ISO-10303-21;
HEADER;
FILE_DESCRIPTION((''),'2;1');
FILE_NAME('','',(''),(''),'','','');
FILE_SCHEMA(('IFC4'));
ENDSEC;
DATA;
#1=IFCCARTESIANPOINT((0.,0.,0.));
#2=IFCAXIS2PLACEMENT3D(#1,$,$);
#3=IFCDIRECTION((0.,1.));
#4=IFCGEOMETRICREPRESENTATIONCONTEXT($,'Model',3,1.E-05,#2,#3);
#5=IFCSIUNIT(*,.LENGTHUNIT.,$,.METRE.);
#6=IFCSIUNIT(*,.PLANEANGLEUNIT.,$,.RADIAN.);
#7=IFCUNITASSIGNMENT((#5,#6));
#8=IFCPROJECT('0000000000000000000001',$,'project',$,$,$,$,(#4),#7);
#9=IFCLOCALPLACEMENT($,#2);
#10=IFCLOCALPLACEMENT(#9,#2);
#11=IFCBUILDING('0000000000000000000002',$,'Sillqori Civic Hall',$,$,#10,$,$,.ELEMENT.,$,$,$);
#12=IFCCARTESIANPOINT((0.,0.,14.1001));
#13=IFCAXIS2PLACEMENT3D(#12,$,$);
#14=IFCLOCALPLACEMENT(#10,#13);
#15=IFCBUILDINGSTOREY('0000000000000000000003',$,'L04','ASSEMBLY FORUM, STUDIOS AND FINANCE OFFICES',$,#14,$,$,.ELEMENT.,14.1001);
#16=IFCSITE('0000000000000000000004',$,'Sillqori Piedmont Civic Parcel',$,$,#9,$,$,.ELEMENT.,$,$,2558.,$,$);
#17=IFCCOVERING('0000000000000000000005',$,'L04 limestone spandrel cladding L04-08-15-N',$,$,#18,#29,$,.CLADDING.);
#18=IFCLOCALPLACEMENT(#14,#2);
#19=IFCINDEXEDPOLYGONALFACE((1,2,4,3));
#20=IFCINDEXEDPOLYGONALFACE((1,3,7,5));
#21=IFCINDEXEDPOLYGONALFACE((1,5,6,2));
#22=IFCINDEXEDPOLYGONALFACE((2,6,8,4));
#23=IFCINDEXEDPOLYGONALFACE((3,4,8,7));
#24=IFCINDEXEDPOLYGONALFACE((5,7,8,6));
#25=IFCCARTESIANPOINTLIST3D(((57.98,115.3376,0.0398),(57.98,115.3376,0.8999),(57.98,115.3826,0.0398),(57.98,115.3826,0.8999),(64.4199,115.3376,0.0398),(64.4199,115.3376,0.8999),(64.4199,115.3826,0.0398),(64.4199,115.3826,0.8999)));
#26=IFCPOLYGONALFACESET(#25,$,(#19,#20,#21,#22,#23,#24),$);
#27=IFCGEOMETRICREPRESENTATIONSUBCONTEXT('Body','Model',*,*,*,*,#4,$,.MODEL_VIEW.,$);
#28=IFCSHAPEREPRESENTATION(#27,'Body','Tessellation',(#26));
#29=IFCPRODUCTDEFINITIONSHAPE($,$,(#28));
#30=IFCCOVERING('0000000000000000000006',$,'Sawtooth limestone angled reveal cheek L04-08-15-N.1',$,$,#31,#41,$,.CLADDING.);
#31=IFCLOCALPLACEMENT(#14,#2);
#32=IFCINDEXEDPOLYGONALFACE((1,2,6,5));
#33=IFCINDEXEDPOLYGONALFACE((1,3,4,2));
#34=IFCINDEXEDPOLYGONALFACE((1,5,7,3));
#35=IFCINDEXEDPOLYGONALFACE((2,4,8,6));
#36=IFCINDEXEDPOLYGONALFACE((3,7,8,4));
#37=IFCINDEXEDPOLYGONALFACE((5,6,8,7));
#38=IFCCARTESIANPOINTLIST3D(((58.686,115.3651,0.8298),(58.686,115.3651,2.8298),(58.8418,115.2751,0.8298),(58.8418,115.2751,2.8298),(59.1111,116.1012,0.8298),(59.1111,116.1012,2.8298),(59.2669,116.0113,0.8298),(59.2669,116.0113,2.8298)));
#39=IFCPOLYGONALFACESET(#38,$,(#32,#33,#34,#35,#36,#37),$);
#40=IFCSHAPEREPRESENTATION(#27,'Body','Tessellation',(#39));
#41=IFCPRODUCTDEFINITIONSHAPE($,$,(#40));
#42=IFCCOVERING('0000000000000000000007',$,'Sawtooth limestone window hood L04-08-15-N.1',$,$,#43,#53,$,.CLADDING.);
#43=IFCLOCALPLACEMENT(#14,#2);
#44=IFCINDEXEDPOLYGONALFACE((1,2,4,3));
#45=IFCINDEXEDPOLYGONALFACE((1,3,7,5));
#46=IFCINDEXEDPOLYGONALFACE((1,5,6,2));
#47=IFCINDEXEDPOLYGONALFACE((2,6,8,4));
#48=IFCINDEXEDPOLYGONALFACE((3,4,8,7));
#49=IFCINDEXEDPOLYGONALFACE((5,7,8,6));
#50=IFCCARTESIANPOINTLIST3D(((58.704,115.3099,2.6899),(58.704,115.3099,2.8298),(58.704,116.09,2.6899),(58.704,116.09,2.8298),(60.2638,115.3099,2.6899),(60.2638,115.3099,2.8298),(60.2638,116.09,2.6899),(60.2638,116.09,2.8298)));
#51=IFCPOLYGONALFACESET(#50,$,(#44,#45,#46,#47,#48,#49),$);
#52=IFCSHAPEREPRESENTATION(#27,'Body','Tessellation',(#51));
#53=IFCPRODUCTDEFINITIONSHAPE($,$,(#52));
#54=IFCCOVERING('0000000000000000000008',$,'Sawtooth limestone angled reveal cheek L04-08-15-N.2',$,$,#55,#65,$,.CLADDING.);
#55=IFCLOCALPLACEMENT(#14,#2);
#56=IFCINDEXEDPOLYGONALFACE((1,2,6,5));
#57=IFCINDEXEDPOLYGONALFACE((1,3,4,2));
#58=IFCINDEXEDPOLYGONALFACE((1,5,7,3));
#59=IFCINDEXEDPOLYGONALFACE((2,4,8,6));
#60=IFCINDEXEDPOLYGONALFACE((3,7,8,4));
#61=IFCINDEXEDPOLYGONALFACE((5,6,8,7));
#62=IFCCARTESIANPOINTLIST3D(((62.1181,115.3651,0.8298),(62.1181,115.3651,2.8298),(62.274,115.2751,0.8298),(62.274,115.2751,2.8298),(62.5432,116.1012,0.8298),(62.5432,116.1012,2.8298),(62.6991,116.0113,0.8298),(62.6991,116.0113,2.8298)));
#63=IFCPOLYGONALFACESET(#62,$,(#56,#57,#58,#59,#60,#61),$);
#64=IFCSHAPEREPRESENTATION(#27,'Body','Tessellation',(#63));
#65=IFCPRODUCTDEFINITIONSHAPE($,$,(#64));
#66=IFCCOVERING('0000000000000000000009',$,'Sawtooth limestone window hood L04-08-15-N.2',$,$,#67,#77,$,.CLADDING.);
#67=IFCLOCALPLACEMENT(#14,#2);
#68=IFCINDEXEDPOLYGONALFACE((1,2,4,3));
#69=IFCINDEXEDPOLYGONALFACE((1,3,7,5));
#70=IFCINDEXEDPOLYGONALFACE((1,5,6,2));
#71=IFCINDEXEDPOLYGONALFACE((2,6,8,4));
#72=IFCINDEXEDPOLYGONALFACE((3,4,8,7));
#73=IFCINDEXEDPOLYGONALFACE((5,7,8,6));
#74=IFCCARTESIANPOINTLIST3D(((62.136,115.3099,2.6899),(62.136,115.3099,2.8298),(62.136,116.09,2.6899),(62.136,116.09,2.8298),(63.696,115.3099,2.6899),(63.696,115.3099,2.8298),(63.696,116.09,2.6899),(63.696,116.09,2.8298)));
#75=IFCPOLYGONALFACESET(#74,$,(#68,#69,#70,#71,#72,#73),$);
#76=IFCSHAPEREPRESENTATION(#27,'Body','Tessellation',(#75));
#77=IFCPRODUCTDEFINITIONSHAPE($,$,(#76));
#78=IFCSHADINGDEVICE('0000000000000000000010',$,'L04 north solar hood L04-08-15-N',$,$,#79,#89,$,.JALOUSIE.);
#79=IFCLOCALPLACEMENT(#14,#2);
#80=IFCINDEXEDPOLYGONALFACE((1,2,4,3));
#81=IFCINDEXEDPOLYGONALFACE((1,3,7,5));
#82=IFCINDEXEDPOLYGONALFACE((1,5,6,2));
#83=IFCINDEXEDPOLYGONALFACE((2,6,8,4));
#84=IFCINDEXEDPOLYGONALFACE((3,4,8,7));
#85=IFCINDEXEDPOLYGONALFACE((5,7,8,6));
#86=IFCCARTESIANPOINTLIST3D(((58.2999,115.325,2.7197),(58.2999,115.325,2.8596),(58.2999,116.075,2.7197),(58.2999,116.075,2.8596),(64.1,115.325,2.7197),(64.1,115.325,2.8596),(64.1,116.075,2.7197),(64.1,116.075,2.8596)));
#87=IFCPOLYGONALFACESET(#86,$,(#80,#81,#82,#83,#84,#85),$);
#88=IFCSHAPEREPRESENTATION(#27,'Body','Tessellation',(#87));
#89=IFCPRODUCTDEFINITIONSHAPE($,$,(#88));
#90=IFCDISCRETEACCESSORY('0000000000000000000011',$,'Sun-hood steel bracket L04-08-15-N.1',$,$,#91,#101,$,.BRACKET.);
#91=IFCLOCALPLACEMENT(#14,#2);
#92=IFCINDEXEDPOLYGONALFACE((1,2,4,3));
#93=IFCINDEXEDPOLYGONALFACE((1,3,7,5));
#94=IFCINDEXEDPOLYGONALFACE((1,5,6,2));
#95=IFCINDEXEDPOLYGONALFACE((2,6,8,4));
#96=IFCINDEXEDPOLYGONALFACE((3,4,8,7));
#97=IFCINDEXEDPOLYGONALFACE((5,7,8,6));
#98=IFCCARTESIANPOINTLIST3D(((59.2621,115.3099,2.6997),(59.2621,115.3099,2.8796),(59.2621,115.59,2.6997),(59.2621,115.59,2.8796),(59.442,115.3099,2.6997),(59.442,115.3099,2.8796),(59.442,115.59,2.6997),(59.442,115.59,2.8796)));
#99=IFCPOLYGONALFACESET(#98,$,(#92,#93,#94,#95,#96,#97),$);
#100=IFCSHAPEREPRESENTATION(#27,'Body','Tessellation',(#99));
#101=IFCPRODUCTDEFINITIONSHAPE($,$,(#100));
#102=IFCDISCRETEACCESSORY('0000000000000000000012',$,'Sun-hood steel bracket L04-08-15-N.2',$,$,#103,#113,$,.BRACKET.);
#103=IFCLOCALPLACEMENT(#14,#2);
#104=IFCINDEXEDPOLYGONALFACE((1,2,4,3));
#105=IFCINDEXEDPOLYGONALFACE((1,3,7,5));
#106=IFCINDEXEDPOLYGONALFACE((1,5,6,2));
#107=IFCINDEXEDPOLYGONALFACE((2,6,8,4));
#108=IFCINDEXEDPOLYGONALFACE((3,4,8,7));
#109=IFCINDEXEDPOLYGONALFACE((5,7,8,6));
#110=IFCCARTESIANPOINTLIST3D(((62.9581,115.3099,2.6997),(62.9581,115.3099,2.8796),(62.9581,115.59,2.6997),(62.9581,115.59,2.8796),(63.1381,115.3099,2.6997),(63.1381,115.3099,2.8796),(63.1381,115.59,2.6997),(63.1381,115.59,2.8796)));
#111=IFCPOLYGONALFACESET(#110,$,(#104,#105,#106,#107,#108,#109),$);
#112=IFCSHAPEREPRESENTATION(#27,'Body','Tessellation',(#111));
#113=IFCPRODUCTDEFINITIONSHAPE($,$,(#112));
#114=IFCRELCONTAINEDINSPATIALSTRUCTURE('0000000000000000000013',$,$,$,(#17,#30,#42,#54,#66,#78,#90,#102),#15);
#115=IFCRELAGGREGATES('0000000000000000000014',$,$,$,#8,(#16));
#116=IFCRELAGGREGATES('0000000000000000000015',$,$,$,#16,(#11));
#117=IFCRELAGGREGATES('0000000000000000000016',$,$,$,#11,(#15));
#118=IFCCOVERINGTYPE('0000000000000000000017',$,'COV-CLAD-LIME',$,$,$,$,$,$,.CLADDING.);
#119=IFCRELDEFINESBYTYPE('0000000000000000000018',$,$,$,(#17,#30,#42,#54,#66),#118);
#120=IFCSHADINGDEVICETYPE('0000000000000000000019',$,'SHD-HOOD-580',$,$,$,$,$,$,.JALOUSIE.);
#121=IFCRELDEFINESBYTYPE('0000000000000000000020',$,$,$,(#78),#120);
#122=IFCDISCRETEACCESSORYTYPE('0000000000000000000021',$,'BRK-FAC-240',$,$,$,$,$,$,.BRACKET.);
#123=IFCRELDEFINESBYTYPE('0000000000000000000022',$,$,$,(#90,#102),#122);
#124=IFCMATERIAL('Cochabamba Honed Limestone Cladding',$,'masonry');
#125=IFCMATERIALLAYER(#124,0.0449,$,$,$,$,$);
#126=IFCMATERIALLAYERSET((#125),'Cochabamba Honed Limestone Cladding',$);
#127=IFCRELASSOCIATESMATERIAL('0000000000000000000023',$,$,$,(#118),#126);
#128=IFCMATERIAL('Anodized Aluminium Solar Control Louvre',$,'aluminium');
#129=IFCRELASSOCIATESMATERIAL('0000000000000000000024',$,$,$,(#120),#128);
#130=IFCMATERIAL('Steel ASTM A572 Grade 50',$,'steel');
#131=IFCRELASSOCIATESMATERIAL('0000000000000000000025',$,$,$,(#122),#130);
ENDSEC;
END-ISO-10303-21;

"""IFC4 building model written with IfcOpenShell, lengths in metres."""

from ifc_helpers import new_model, si_unit, direction, frame, frame_2d, origin, origin_2d, place, context, subcontext, project, spatial, rectangle, extrude, material, layer, layer_set, type_object, element, save


model = new_model("IFC4")

# Units and contexts
model_context = context("Model", 3, precision=1e-05, world=origin(), true_north=direction((0.0, 1.0)))
body_context = subcontext(model_context, "Body", "Model", "MODEL_VIEW")
ifc_project = project(units=[si_unit("LENGTHUNIT", "METRE"), si_unit("PLANEANGLEUNIT", "RADIAN")], contexts=[model_context])

# Site, building, storey
site_placement = place(None, origin())
site = spatial("IfcSite", under=ifc_project, at=site_placement, Name="Sillqori Piedmont Civic Parcel", CompositionType="ELEMENT", RefElevation=2558.0)
building_placement = place(site_placement, origin())
building = spatial("IfcBuilding", under=site, at=building_placement, Name="Sillqori Civic Hall", CompositionType="ELEMENT")
storey_placement = place(building_placement, frame((0.0, 0.0, 14.1001)))
storey = spatial("IfcBuildingStorey", under=building, at=storey_placement, Name="L04", Description="ASSEMBLY FORUM, STUDIOS AND FINANCE OFFICES", CompositionType="ELEMENT", Elevation=14.1001)

# Coverings
ifc_material_1 = material(Name="Cochabamba Honed Limestone Cladding", Category="masonry")
ifc_layer_1 = layer(ifc_material_1, 0.0449)
ifc_layer_set_1 = layer_set([ifc_layer_1], Name="Cochabamba Honed Limestone Cladding")
covering_type = type_object("IfcCoveringType", Name="COV-CLAD-LIME", PredefinedType="CLADDING", material=ifc_layer_set_1)
covering_1_placement = place(storey_placement, frame((57.98, 115.3601, 0.0398), z_axis=(0.0, 0.0, 1.0), x_axis=(1.0, 0.0, 0.0)))
element("IfcCovering", 1, at=covering_1_placement, inside=storey, type_object=covering_type, Name="L04 limestone spandrel cladding L04-08-15-N", PredefinedType="CLADDING", context=body_context, shape_type="SweptSolid", body=[
    extrude(rectangle(XDim=6.4399, YDim=0.0449, at=frame_2d((3.22, 0.0))), origin(), (0.0, 0.0, 1.0), 0.8601),
])
covering_2_placement = place(storey_placement, frame((58.7639, 115.3201, 0.8298), z_axis=(0.0, 0.0, 1.0), x_axis=(0.500062, 0.865989, 0.0)))
element("IfcCovering", 2, at=covering_2_placement, inside=storey, type_object=covering_type, Name="Sawtooth limestone angled reveal cheek L04-08-15-N.1", PredefinedType="CLADDING", context=body_context, shape_type="SweptSolid", body=[
    extrude(rectangle(XDim=0.8501, YDim=0.1799, at=frame_2d((0.425, 0.0))), origin(), (0.0, 0.0, 1.0), 2.0),
])
covering_3_placement = place(storey_placement, frame((58.7041, 115.7, 2.6899), z_axis=(0.0, 0.0, 1.0), x_axis=(1.0, 0.0, 0.0)))
element("IfcCovering", 3, at=covering_3_placement, inside=storey, type_object=covering_type, Name="Sawtooth limestone window hood L04-08-15-N.1", PredefinedType="CLADDING", context=body_context, shape_type="SweptSolid", body=[
    extrude(rectangle(XDim=1.5598, YDim=0.78, at=frame_2d((0.7798, 0.0))), origin(), (0.0, 0.0, 1.0), 0.1399),
])
covering_4_placement = place(storey_placement, frame((62.196, 115.3201, 0.8298), z_axis=(0.0, 0.0, 1.0), x_axis=(0.500062, 0.865989, 0.0)))
element("IfcCovering", 4, at=covering_4_placement, inside=storey, type_object=covering_type, Name="Sawtooth limestone angled reveal cheek L04-08-15-N.2", PredefinedType="CLADDING", context=body_context, shape_type="SweptSolid", body=[
    extrude(rectangle(XDim=0.8501, YDim=0.1799, at=frame_2d((0.425, 0.0))), origin(), (0.0, 0.0, 1.0), 2.0),
])
covering_5_placement = place(storey_placement, frame((62.136, 115.7, 2.6899), z_axis=(0.0, 0.0, 1.0), x_axis=(1.0, 0.0, 0.0)))
element("IfcCovering", 5, at=covering_5_placement, inside=storey, type_object=covering_type, Name="Sawtooth limestone window hood L04-08-15-N.2", PredefinedType="CLADDING", context=body_context, shape_type="SweptSolid", body=[
    extrude(rectangle(XDim=1.5601, YDim=0.78, at=frame_2d((0.78, 0.0))), origin(), (0.0, 0.0, 1.0), 0.1399),
])

# Shading device
ifc_material_2 = material(Name="Anodized Aluminium Solar Control Louvre", Category="aluminium")
shading_device_type = type_object("IfcShadingDeviceType", Name="SHD-HOOD-580", PredefinedType="JALOUSIE", material=ifc_material_2)
shading_device_placement = place(storey_placement, frame((61.2, 115.7, 2.7197), z_axis=(0.0, 0.0, 1.0), x_axis=(1.0, 0.0, 0.0)))
element("IfcShadingDevice", 6, at=shading_device_placement, inside=storey, type_object=shading_device_type, Name="L04 north solar hood L04-08-15-N", PredefinedType="JALOUSIE", context=body_context, shape_type="SweptSolid", body=[
    extrude(rectangle(XDim=5.8, YDim=0.75, at=origin_2d()), origin(), (0.0, 0.0, 1.0), 0.1399),
])

# Discrete accessories
ifc_material_3 = material(Name="Steel ASTM A572 Grade 50", Category="steel")
discrete_accessory_type = type_object("IfcDiscreteAccessoryType", Name="BRK-FAC-240", PredefinedType="BRACKET", material=ifc_material_3)
for number, where, z_axis, x_axis, name in (
    (7, (59.3521, 115.45, 2.6997), (0.0, 0.0, 1.0), (1.0, 0.0, 0.0), "Sun-hood steel bracket L04-08-15-N.1"),
    (8, (63.0481, 115.45, 2.6997), (0.0, 0.0, 1.0), (1.0, 0.0, 0.0), "Sun-hood steel bracket L04-08-15-N.2"),
):
    element("IfcDiscreteAccessory", number, at=place(storey_placement, frame(where, z_axis=z_axis, x_axis=x_axis)), inside=storey, type_object=discrete_accessory_type, Name=name, PredefinedType="BRACKET", context=body_context, shape_type="SweptSolid", body=[
        extrude(rectangle(XDim=0.1799, YDim=0.28, at=origin_2d()), origin(), (0.0, 0.0, 1.0), 0.1799),
    ])

save(model, "model.ifc")
